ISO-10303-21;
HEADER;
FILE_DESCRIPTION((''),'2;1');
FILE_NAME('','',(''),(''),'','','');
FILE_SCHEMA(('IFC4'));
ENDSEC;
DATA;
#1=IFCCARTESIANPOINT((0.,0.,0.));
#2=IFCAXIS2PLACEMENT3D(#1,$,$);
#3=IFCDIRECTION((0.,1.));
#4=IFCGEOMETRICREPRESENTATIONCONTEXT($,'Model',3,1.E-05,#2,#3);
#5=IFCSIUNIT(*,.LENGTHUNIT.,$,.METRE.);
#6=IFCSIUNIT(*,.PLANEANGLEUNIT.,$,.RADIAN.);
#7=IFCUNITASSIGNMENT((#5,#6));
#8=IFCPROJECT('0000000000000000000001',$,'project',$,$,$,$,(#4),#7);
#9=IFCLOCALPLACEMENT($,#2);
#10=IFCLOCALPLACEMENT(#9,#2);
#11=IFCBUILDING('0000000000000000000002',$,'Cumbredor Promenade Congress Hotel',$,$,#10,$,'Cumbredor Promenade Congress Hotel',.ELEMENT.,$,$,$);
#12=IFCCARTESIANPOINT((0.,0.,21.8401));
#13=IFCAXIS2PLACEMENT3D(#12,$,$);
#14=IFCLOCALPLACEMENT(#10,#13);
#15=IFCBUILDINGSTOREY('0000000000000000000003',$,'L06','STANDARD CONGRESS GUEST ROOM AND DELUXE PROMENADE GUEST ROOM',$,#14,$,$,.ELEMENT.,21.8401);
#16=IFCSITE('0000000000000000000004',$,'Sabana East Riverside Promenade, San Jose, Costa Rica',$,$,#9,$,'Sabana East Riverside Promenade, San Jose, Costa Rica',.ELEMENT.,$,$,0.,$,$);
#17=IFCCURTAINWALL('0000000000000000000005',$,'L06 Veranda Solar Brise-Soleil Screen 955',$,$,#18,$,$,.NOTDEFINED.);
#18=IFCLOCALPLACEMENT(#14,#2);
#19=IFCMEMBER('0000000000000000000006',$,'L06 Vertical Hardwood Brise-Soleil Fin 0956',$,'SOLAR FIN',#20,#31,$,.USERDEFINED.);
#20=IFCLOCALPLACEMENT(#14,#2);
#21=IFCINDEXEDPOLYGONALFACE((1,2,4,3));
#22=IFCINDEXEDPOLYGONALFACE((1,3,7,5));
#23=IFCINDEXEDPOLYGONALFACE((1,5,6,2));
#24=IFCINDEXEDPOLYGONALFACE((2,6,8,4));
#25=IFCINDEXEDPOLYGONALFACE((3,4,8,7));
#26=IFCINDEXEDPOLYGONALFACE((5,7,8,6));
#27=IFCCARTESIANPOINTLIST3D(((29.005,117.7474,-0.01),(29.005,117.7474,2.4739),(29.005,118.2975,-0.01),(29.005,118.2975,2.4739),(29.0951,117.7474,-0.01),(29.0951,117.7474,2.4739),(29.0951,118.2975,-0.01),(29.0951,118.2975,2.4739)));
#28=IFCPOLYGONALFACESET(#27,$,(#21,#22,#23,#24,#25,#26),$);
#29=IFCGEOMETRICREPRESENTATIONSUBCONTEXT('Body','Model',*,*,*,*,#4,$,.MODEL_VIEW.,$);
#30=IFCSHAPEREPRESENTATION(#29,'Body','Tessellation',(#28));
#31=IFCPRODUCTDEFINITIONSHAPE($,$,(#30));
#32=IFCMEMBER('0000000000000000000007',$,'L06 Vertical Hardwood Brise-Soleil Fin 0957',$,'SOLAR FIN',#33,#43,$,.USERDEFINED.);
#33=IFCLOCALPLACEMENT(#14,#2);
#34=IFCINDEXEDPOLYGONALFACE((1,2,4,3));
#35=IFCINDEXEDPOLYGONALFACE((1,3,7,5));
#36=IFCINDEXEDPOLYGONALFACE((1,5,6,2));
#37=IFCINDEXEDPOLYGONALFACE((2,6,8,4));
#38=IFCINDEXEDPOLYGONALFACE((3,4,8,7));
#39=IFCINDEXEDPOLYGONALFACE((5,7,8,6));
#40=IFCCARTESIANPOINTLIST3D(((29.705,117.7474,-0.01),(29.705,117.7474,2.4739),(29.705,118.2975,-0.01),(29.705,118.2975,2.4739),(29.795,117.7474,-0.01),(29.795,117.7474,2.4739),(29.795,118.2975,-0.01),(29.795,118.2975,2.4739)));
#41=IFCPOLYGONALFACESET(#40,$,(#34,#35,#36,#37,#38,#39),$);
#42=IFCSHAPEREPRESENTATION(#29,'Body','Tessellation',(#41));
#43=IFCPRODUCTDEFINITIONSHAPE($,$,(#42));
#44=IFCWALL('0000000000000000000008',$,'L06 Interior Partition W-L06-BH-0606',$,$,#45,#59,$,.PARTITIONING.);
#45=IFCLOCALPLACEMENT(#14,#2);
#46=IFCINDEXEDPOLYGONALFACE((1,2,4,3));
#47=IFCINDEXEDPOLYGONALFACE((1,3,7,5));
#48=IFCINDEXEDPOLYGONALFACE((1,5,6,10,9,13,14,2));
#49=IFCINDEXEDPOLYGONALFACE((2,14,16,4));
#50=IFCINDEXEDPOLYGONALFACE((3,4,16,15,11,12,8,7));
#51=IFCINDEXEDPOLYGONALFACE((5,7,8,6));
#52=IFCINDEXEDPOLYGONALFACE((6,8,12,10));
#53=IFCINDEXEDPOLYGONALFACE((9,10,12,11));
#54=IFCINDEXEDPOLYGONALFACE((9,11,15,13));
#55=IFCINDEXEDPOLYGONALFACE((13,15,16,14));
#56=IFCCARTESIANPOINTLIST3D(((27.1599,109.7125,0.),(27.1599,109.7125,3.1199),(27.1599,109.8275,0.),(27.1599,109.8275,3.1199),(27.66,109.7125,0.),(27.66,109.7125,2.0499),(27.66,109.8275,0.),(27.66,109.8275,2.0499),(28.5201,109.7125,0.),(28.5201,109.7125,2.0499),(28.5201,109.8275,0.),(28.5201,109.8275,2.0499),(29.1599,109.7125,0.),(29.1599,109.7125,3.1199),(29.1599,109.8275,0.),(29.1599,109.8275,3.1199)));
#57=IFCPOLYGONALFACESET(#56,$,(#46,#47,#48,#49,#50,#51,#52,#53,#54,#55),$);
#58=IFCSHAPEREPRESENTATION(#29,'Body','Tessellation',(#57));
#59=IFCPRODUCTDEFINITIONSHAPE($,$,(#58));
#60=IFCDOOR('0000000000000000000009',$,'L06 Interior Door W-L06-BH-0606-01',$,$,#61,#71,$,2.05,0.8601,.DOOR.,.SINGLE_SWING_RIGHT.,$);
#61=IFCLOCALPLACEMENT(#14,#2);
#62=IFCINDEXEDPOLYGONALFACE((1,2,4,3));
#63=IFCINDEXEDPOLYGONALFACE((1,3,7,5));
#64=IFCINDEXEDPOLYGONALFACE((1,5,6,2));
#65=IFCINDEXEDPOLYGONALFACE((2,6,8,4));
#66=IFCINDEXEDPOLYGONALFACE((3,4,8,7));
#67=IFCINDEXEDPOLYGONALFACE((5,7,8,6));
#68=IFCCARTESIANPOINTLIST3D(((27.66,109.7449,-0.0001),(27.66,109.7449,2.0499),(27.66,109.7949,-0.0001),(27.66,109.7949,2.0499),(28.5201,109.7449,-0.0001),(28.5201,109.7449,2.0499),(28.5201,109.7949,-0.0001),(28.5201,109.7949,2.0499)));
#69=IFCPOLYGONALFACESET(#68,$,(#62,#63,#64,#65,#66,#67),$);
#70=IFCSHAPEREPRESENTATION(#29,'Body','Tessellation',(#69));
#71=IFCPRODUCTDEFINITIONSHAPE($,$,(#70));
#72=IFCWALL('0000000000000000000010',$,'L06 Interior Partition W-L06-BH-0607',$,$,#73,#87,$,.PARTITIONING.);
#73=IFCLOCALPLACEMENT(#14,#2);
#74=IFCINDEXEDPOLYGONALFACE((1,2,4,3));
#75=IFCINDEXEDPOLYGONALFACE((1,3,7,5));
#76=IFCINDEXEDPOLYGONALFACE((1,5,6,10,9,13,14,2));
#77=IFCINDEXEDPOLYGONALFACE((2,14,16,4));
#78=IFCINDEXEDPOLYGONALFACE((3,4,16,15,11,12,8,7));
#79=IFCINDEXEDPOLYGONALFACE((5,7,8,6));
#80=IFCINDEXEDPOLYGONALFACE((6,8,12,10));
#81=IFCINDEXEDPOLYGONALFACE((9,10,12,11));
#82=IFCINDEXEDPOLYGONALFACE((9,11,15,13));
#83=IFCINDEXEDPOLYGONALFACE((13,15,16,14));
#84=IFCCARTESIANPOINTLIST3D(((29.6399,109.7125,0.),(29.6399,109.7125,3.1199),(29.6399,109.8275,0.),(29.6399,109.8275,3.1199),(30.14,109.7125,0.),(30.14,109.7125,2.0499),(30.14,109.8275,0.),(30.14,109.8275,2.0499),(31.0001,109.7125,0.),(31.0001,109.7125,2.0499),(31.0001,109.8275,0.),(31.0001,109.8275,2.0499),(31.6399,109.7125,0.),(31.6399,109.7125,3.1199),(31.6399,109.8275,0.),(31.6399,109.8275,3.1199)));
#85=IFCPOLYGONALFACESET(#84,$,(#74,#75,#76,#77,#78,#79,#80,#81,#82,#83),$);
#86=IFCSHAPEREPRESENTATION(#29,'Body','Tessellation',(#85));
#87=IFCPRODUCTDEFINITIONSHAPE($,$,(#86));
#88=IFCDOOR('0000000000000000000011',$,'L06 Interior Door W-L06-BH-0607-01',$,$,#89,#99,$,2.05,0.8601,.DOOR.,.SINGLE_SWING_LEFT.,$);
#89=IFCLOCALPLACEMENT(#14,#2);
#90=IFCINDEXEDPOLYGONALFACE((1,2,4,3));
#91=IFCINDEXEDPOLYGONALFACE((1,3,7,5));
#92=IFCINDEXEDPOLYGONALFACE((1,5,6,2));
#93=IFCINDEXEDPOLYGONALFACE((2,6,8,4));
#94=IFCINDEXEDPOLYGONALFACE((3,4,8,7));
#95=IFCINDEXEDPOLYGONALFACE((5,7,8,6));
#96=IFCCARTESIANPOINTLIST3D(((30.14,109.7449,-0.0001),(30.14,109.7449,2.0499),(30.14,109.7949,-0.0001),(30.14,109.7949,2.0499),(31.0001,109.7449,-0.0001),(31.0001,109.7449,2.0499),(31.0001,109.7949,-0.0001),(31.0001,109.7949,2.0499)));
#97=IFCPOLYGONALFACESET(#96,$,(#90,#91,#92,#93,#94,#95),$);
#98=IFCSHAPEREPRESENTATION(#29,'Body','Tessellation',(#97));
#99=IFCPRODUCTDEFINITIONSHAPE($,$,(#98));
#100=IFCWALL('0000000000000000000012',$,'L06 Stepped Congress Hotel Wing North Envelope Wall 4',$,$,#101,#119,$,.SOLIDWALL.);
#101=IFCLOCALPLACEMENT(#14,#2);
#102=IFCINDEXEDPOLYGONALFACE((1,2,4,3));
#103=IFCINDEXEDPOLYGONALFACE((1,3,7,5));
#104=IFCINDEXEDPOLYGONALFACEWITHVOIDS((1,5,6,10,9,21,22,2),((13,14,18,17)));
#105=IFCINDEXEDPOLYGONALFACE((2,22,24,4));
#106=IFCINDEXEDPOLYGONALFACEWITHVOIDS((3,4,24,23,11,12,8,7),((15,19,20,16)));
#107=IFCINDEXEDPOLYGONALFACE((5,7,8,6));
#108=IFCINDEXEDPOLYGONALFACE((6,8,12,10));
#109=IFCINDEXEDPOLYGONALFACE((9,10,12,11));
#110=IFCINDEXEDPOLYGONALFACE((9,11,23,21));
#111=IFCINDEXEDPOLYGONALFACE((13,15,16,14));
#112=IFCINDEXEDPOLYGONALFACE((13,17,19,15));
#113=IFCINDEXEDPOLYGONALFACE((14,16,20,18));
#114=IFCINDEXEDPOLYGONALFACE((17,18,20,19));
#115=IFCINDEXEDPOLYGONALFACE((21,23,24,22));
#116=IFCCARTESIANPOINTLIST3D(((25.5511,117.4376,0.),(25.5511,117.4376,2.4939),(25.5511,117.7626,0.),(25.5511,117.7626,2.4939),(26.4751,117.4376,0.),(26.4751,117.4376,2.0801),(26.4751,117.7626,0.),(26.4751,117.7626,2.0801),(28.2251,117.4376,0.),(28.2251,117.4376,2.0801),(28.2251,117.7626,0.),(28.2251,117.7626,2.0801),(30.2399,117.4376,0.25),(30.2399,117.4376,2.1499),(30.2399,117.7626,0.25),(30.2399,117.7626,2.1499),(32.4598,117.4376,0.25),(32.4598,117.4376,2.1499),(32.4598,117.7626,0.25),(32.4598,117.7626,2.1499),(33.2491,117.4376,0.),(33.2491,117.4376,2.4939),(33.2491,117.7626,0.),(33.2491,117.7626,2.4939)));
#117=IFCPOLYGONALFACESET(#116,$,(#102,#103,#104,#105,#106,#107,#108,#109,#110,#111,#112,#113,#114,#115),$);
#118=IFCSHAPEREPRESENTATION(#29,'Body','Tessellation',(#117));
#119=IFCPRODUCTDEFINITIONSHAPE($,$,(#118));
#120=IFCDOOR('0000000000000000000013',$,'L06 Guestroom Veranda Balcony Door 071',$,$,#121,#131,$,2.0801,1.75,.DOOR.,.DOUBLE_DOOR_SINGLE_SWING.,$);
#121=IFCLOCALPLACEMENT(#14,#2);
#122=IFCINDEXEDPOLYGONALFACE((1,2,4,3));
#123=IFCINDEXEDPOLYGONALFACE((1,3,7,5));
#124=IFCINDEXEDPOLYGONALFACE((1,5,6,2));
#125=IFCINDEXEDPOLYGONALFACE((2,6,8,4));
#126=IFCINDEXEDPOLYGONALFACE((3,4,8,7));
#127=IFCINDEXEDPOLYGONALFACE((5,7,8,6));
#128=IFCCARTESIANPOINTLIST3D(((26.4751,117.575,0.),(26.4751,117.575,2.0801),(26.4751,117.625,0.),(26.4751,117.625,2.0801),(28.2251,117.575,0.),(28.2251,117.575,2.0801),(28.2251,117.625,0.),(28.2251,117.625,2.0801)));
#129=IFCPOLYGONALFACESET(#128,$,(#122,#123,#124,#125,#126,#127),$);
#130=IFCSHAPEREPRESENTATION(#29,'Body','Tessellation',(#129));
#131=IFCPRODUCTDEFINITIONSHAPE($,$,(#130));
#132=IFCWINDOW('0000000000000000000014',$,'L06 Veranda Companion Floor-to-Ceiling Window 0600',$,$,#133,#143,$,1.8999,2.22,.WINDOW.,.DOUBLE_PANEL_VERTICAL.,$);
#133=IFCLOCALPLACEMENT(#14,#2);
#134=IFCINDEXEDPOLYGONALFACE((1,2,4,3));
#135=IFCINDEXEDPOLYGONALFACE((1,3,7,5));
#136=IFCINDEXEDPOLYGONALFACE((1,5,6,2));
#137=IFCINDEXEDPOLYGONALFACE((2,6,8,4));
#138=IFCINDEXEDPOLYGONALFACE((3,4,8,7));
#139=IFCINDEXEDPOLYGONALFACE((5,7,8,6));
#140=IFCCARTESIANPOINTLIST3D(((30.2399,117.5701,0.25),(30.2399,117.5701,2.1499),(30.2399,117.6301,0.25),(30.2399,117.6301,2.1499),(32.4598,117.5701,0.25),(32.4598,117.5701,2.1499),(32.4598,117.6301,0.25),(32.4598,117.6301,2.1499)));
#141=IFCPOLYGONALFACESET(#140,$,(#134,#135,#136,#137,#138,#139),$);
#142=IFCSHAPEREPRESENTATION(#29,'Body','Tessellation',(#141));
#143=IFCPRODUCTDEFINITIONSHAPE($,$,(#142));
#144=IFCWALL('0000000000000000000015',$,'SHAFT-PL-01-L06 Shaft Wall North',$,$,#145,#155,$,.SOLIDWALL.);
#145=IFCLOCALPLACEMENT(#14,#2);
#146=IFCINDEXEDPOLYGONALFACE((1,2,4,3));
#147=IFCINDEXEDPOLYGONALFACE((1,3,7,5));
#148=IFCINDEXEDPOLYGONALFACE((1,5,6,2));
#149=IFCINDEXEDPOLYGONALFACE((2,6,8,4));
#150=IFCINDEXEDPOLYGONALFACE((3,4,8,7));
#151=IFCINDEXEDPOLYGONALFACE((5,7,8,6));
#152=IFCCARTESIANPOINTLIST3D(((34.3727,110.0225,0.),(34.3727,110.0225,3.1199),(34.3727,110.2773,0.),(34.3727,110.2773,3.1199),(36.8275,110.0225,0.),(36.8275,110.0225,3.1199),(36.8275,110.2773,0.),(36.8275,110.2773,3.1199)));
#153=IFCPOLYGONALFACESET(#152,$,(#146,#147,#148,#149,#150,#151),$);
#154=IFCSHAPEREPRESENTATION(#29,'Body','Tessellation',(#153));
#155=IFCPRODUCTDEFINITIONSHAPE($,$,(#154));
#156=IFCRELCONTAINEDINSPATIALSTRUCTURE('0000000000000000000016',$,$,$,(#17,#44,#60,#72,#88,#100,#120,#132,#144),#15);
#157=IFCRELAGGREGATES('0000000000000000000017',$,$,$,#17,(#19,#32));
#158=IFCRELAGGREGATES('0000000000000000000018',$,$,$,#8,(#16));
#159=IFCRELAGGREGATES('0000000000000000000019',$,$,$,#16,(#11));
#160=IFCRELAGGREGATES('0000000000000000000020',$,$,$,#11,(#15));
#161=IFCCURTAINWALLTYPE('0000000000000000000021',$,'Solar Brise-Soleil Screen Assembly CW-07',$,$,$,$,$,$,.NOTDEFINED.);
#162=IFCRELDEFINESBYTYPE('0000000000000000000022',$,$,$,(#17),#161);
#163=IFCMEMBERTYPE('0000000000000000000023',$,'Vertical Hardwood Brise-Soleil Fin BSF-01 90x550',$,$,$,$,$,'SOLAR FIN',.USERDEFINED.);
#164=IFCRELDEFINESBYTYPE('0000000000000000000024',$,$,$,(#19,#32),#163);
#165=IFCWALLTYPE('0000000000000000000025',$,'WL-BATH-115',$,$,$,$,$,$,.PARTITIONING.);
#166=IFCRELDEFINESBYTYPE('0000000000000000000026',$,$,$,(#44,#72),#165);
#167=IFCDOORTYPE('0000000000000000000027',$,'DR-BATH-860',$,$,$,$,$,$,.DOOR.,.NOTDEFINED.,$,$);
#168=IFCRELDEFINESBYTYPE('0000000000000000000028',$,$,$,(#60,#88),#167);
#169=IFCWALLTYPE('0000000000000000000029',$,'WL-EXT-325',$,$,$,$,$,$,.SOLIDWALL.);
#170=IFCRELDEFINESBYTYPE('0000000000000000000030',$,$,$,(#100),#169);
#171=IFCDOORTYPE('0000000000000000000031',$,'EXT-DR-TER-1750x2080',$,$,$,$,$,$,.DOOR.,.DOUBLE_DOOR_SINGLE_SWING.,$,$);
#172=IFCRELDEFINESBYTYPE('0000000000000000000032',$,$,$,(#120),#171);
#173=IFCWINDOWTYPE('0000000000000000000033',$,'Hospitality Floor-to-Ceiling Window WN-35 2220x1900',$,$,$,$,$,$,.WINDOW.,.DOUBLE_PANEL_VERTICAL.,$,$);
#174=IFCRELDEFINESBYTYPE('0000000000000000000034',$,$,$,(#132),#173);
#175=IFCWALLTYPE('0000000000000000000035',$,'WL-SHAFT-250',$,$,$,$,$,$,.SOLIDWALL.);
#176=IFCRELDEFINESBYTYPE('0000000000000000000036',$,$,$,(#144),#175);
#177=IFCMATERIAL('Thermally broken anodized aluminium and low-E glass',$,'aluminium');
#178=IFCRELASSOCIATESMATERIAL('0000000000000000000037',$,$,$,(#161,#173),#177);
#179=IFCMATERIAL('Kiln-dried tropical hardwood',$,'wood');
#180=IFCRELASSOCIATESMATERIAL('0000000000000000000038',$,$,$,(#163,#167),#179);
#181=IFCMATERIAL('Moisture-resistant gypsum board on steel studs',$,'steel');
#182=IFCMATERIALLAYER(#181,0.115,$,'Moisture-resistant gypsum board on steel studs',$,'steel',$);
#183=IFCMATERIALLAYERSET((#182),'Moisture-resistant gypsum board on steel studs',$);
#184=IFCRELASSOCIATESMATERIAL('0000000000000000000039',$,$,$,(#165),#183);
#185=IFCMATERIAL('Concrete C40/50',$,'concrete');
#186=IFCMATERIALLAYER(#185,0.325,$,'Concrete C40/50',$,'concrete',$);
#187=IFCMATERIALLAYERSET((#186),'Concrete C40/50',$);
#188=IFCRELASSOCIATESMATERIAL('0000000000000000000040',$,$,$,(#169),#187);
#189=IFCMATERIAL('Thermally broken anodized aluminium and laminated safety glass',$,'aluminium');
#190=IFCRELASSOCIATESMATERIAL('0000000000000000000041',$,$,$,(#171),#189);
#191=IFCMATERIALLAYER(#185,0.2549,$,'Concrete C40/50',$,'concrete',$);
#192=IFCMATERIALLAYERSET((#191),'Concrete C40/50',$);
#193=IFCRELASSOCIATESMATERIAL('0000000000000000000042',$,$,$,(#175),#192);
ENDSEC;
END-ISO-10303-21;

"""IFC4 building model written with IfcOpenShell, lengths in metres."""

from ifc_helpers import new_model, si_unit, direction, frame, frame_2d, origin, origin_2d, place, context, subcontext, project, spatial, rectangle, extrude, material, layer, layer_set, material_profile, profile_set, type_object, element, fill, aggregate, save


model = new_model("IFC4")

# Units and contexts
model_context = context("Model", 3, precision=1e-05, world=origin(), true_north=direction((0.0, 1.0)))
body_context = subcontext(model_context, "Body", "Model", "MODEL_VIEW")
ifc_project = project(units=[si_unit("LENGTHUNIT", "METRE"), si_unit("PLANEANGLEUNIT", "RADIAN")], contexts=[model_context])

# Site, building, storey
site_placement = place(None, origin())
site = spatial("IfcSite", under=ifc_project, at=site_placement, Name="Sabana East Riverside Promenade, San Jose, Costa Rica", LongName="Sabana East Riverside Promenade, San Jose, Costa Rica", CompositionType="ELEMENT", RefElevation=0.0)
building_placement = place(site_placement, origin())
building = spatial("IfcBuilding", under=site, at=building_placement, Name="Cumbredor Promenade Congress Hotel", LongName="Cumbredor Promenade Congress Hotel", CompositionType="ELEMENT")
storey_placement = place(building_placement, frame((0.0, 0.0, 21.8401)))
storey = spatial("IfcBuildingStorey", under=building, at=storey_placement, Name="L06", Description="STANDARD CONGRESS GUEST ROOM AND DELUXE PROMENADE GUEST ROOM", CompositionType="ELEMENT", Elevation=21.8401)

# Shared definitions
ifc_material_1 = material(Name="Concrete C40/50", Category="concrete")

# Curtain wall
ifc_material_2 = material(Name="Thermally broken anodized aluminium and low-E glass", Category="aluminium")
curtain_wall_type_1 = type_object("IfcCurtainWallType", Name="Solar Brise-Soleil Screen Assembly CW-07", PredefinedType="NOTDEFINED", material=ifc_material_2)
curtain_wall_1_placement = place(storey_placement, origin())
curtain_wall_1 = element("IfcCurtainWall", 1, at=curtain_wall_1_placement, inside=storey, type_object=curtain_wall_type_1, Name="L06 Veranda Solar Brise-Soleil Screen 955", PredefinedType="NOTDEFINED")

# Members
ifc_material_3 = material(Name="Kiln-dried tropical hardwood", Category="wood")
ifc_material_profile_1 = material_profile(ifc_material_3, rectangle(XDim=0.0901, YDim=0.55, at=origin_2d()), Name="ARCH FIN 90x550")
ifc_profile_set_1 = profile_set([ifc_material_profile_1], Name="Kiln-dried tropical hardwood")
member_type_1 = type_object("IfcMemberType", Name="Vertical Hardwood Brise-Soleil Fin BSF-01 90x550", ElementType="SOLAR FIN", PredefinedType="USERDEFINED", material=ifc_profile_set_1)
member_1_placement = place(storey_placement, frame((29.05, 118.0225, -0.01), z_axis=(0.0, 0.0, 1.0), x_axis=(1.0, 0.0, 0.0)))
member_1 = element("IfcMember", 2, at=member_1_placement, type_object=member_type_1, Name="L06 Vertical Hardwood Brise-Soleil Fin 0956", ObjectType="SOLAR FIN", PredefinedType="USERDEFINED", context=body_context, shape_type="SweptSolid", body=[
    extrude(rectangle(XDim=0.0901, YDim=0.55, at=origin_2d()), origin(), (0.0, 0.0, 1.0), 2.4839),
])
member_2_placement = place(storey_placement, frame((29.75, 118.0225, -0.01), z_axis=(0.0, 0.0, 1.0), x_axis=(1.0, 0.0, 0.0)))
member_2 = element("IfcMember", 3, at=member_2_placement, type_object=member_type_1, Name="L06 Vertical Hardwood Brise-Soleil Fin 0957", ObjectType="SOLAR FIN", PredefinedType="USERDEFINED", context=body_context, shape_type="SweptSolid", body=[
    extrude(rectangle(XDim=0.0901, YDim=0.55, at=origin_2d()), origin(), (0.0, 0.0, 1.0), 2.4839),
])
aggregate(curtain_wall_1, [member_1, member_2])

# Walls, openings, doors
ifc_material_4 = material(Name="Moisture-resistant gypsum board on steel studs", Category="steel")
ifc_layer_1 = layer(ifc_material_4, 0.115, Name="Moisture-resistant gypsum board on steel studs", Category="steel")
ifc_layer_set_1 = layer_set([ifc_layer_1], Name="Moisture-resistant gypsum board on steel studs")
wall_type_1 = type_object("IfcWallType", Name="WL-BATH-115", PredefinedType="PARTITIONING", material=ifc_layer_set_1)
wall_1_placement = place(storey_placement, frame((27.1599, 109.77, 0.0), z_axis=(0.0, 0.0, 1.0), x_axis=(1.0, 0.0, 0.0)))
wall_1 = element("IfcWall", 4, at=wall_1_placement, inside=storey, type_object=wall_type_1, Name="L06 Interior Partition W-L06-BH-0606", PredefinedType="PARTITIONING", context=body_context, shape_type="SweptSolid", body=[
    extrude(rectangle(XDim=2.0, YDim=0.115, at=frame_2d((1.0, 0.0))), origin(), (0.0, 0.0, 1.0), 3.1199),
])
opening_1_placement = place(wall_1_placement, frame((0.5, 0.0, 0.0)))
opening_1 = element("IfcOpeningElement", 5, at=opening_1_placement, cuts=wall_1, PredefinedType="OPENING", context=body_context, shape_type="SweptSolid", body=[
    extrude(rectangle(XDim=0.8601, YDim=2.05, at=frame_2d((0.4302, 1.0249))), frame((0.0, 0.0674, 0.0), z_axis=(0.0, -1.0, 0.0), x_axis=(1.0, 0.0, 0.0)), (0.0, 0.0, 1.0), 0.135),
])
door_type_1 = type_object("IfcDoorType", Name="DR-BATH-860", OperationType="NOTDEFINED", PredefinedType="DOOR", material=ifc_material_3)
door_1_placement = place(opening_1_placement, origin())
door_1 = element("IfcDoor", 6, at=door_1_placement, inside=storey, type_object=door_type_1, Name="L06 Interior Door W-L06-BH-0606-01", OperationType="SINGLE_SWING_RIGHT", OverallHeight=2.05, OverallWidth=0.8601, PredefinedType="DOOR", context=body_context, shape_type="SweptSolid", body=[
    extrude(rectangle(XDim=0.8601, YDim=2.05, at=frame_2d((0.4302, 1.0249))), frame((0.0, 0.0249, 0.0), z_axis=(0.0, -1.0, 0.0), x_axis=(1.0, 0.0, 0.0)), (0.0, 0.0, 1.0), 0.05),
])
fill(opening_1, door_1)
wall_2_placement = place(storey_placement, frame((29.6399, 109.77, 0.0), z_axis=(0.0, 0.0, 1.0), x_axis=(1.0, 0.0, 0.0)))
wall_2 = element("IfcWall", 7, at=wall_2_placement, inside=storey, type_object=wall_type_1, Name="L06 Interior Partition W-L06-BH-0607", PredefinedType="PARTITIONING", context=body_context, shape_type="SweptSolid", body=[
    extrude(rectangle(XDim=2.0, YDim=0.115, at=frame_2d((1.0, 0.0))), origin(), (0.0, 0.0, 1.0), 3.1199),
])
opening_2_placement = place(wall_2_placement, frame((0.5, 0.0, 0.0)))
opening_2 = element("IfcOpeningElement", 8, at=opening_2_placement, cuts=wall_2, PredefinedType="OPENING", context=body_context, shape_type="SweptSolid", body=[
    extrude(rectangle(XDim=0.8601, YDim=2.05, at=frame_2d((0.4302, 1.0249))), frame((0.0, 0.0674, 0.0), z_axis=(0.0, -1.0, 0.0), x_axis=(1.0, 0.0, 0.0)), (0.0, 0.0, 1.0), 0.135),
])
door_2_placement = place(opening_2_placement, origin())
door_2 = element("IfcDoor", 9, at=door_2_placement, inside=storey, type_object=door_type_1, Name="L06 Interior Door W-L06-BH-0607-01", OperationType="SINGLE_SWING_LEFT", OverallHeight=2.05, OverallWidth=0.8601, PredefinedType="DOOR", context=body_context, shape_type="SweptSolid", body=[
    extrude(rectangle(XDim=0.8601, YDim=2.05, at=frame_2d((0.4302, 1.0249))), frame((0.0, 0.0249, 0.0), z_axis=(0.0, -1.0, 0.0), x_axis=(1.0, 0.0, 0.0)), (0.0, 0.0, 1.0), 0.05),
])
fill(opening_2, door_2)

# Wall, openings, door, window
ifc_layer_2 = layer(ifc_material_1, 0.325, Name="Concrete C40/50", Category="concrete")
ifc_layer_set_2 = layer_set([ifc_layer_2], Name="Concrete C40/50")
wall_type_2 = type_object("IfcWallType", Name="WL-EXT-325", PredefinedType="SOLIDWALL", material=ifc_layer_set_2)
wall_3_placement = place(storey_placement, frame((25.551, 117.6001, 0.0), z_axis=(0.0, 0.0, 1.0), x_axis=(1.0, 0.0, 0.0)))
wall_3 = element("IfcWall", 10, at=wall_3_placement, inside=storey, type_object=wall_type_2, Name="L06 Stepped Congress Hotel Wing North Envelope Wall 4", PredefinedType="SOLIDWALL", context=body_context, shape_type="SweptSolid", body=[
    extrude(rectangle(XDim=7.698, YDim=0.325, at=frame_2d((3.8491, 0.0))), origin(), (0.0, 0.0, 1.0), 2.4939),
])
opening_3_placement = place(wall_3_placement, frame((0.9241, 0.0, 0.0)))
opening_3 = element("IfcOpeningElement", 11, at=opening_3_placement, cuts=wall_3, PredefinedType="OPENING", context=body_context, shape_type="SweptSolid", body=[
    extrude(rectangle(XDim=1.75, YDim=2.0801, at=frame_2d((0.875, 1.04))), frame((0.0, 0.1724, 0.0), z_axis=(0.0, -1.0, 0.0), x_axis=(1.0, 0.0, 0.0)), (0.0, 0.0, 1.0), 0.345),
])
opening_4_placement = place(wall_3_placement, frame((4.689, 0.0, 0.25)))
opening_4 = element("IfcOpeningElement", 12, at=opening_4_placement, cuts=wall_3, PredefinedType="OPENING", context=body_context, shape_type="SweptSolid", body=[
    extrude(rectangle(XDim=2.22, YDim=1.8999, at=frame_2d((1.1099, 0.95))), frame((0.0, 0.1724, 0.0), z_axis=(0.0, -1.0, 0.0), x_axis=(1.0, 0.0, 0.0)), (0.0, 0.0, 1.0), 0.345),
])
ifc_material_5 = material(Name="Thermally broken anodized aluminium and laminated safety glass", Category="aluminium")
door_type_2 = type_object("IfcDoorType", Name="EXT-DR-TER-1750x2080", OperationType="DOUBLE_DOOR_SINGLE_SWING", PredefinedType="DOOR", material=ifc_material_5)
door_3_placement = place(opening_3_placement, origin())
door_3 = element("IfcDoor", 13, at=door_3_placement, inside=storey, type_object=door_type_2, Name="L06 Guestroom Veranda Balcony Door 071", OperationType="DOUBLE_DOOR_SINGLE_SWING", OverallHeight=2.0801, OverallWidth=1.75, PredefinedType="DOOR", context=body_context, shape_type="SweptSolid", body=[
    extrude(rectangle(XDim=1.75, YDim=2.0801, at=frame_2d((0.875, 1.04))), frame((0.0, 0.0249, 0.0), z_axis=(0.0, -1.0, 0.0), x_axis=(1.0, 0.0, 0.0)), (0.0, 0.0, 1.0), 0.05),
])
fill(opening_3, door_3)
window_type = type_object("IfcWindowType", Name="Hospitality Floor-to-Ceiling Window WN-35 2220x1900", PartitioningType="DOUBLE_PANEL_VERTICAL", PredefinedType="WINDOW", material=ifc_material_2)
window_placement = place(opening_4_placement, origin())
window = element("IfcWindow", 14, at=window_placement, inside=storey, type_object=window_type, Name="L06 Veranda Companion Floor-to-Ceiling Window 0600", OverallHeight=1.8999, OverallWidth=2.22, PartitioningType="DOUBLE_PANEL_VERTICAL", PredefinedType="WINDOW", context=body_context, shape_type="SweptSolid", body=[
    extrude(rectangle(XDim=2.22, YDim=1.8999, at=frame_2d((1.1099, 0.95))), frame((0.0, 0.03, 0.0), z_axis=(0.0, -1.0, 0.0), x_axis=(1.0, 0.0, 0.0)), (0.0, 0.0, 1.0), 0.0601),
])
fill(opening_4, window)

# Wall
ifc_layer_3 = layer(ifc_material_1, 0.2549, Name="Concrete C40/50", Category="concrete")
ifc_layer_set_3 = layer_set([ifc_layer_3], Name="Concrete C40/50")
wall_type_3 = type_object("IfcWallType", Name="WL-SHAFT-250", PredefinedType="SOLIDWALL", material=ifc_layer_set_3)
wall_4_placement = place(storey_placement, frame((34.3726, 110.1499, 0.0), z_axis=(0.0, 0.0, 1.0), x_axis=(1.0, 0.0, 0.0)))
element("IfcWall", 15, at=wall_4_placement, inside=storey, type_object=wall_type_3, Name="SHAFT-PL-01-L06 Shaft Wall North", PredefinedType="SOLIDWALL", context=body_context, shape_type="SweptSolid", body=[
    extrude(rectangle(XDim=2.4548, YDim=0.2549, at=frame_2d((1.2275, 0.0))), origin(), (0.0, 0.0, 1.0), 3.1199),
])

save(model, "model.ifc")
